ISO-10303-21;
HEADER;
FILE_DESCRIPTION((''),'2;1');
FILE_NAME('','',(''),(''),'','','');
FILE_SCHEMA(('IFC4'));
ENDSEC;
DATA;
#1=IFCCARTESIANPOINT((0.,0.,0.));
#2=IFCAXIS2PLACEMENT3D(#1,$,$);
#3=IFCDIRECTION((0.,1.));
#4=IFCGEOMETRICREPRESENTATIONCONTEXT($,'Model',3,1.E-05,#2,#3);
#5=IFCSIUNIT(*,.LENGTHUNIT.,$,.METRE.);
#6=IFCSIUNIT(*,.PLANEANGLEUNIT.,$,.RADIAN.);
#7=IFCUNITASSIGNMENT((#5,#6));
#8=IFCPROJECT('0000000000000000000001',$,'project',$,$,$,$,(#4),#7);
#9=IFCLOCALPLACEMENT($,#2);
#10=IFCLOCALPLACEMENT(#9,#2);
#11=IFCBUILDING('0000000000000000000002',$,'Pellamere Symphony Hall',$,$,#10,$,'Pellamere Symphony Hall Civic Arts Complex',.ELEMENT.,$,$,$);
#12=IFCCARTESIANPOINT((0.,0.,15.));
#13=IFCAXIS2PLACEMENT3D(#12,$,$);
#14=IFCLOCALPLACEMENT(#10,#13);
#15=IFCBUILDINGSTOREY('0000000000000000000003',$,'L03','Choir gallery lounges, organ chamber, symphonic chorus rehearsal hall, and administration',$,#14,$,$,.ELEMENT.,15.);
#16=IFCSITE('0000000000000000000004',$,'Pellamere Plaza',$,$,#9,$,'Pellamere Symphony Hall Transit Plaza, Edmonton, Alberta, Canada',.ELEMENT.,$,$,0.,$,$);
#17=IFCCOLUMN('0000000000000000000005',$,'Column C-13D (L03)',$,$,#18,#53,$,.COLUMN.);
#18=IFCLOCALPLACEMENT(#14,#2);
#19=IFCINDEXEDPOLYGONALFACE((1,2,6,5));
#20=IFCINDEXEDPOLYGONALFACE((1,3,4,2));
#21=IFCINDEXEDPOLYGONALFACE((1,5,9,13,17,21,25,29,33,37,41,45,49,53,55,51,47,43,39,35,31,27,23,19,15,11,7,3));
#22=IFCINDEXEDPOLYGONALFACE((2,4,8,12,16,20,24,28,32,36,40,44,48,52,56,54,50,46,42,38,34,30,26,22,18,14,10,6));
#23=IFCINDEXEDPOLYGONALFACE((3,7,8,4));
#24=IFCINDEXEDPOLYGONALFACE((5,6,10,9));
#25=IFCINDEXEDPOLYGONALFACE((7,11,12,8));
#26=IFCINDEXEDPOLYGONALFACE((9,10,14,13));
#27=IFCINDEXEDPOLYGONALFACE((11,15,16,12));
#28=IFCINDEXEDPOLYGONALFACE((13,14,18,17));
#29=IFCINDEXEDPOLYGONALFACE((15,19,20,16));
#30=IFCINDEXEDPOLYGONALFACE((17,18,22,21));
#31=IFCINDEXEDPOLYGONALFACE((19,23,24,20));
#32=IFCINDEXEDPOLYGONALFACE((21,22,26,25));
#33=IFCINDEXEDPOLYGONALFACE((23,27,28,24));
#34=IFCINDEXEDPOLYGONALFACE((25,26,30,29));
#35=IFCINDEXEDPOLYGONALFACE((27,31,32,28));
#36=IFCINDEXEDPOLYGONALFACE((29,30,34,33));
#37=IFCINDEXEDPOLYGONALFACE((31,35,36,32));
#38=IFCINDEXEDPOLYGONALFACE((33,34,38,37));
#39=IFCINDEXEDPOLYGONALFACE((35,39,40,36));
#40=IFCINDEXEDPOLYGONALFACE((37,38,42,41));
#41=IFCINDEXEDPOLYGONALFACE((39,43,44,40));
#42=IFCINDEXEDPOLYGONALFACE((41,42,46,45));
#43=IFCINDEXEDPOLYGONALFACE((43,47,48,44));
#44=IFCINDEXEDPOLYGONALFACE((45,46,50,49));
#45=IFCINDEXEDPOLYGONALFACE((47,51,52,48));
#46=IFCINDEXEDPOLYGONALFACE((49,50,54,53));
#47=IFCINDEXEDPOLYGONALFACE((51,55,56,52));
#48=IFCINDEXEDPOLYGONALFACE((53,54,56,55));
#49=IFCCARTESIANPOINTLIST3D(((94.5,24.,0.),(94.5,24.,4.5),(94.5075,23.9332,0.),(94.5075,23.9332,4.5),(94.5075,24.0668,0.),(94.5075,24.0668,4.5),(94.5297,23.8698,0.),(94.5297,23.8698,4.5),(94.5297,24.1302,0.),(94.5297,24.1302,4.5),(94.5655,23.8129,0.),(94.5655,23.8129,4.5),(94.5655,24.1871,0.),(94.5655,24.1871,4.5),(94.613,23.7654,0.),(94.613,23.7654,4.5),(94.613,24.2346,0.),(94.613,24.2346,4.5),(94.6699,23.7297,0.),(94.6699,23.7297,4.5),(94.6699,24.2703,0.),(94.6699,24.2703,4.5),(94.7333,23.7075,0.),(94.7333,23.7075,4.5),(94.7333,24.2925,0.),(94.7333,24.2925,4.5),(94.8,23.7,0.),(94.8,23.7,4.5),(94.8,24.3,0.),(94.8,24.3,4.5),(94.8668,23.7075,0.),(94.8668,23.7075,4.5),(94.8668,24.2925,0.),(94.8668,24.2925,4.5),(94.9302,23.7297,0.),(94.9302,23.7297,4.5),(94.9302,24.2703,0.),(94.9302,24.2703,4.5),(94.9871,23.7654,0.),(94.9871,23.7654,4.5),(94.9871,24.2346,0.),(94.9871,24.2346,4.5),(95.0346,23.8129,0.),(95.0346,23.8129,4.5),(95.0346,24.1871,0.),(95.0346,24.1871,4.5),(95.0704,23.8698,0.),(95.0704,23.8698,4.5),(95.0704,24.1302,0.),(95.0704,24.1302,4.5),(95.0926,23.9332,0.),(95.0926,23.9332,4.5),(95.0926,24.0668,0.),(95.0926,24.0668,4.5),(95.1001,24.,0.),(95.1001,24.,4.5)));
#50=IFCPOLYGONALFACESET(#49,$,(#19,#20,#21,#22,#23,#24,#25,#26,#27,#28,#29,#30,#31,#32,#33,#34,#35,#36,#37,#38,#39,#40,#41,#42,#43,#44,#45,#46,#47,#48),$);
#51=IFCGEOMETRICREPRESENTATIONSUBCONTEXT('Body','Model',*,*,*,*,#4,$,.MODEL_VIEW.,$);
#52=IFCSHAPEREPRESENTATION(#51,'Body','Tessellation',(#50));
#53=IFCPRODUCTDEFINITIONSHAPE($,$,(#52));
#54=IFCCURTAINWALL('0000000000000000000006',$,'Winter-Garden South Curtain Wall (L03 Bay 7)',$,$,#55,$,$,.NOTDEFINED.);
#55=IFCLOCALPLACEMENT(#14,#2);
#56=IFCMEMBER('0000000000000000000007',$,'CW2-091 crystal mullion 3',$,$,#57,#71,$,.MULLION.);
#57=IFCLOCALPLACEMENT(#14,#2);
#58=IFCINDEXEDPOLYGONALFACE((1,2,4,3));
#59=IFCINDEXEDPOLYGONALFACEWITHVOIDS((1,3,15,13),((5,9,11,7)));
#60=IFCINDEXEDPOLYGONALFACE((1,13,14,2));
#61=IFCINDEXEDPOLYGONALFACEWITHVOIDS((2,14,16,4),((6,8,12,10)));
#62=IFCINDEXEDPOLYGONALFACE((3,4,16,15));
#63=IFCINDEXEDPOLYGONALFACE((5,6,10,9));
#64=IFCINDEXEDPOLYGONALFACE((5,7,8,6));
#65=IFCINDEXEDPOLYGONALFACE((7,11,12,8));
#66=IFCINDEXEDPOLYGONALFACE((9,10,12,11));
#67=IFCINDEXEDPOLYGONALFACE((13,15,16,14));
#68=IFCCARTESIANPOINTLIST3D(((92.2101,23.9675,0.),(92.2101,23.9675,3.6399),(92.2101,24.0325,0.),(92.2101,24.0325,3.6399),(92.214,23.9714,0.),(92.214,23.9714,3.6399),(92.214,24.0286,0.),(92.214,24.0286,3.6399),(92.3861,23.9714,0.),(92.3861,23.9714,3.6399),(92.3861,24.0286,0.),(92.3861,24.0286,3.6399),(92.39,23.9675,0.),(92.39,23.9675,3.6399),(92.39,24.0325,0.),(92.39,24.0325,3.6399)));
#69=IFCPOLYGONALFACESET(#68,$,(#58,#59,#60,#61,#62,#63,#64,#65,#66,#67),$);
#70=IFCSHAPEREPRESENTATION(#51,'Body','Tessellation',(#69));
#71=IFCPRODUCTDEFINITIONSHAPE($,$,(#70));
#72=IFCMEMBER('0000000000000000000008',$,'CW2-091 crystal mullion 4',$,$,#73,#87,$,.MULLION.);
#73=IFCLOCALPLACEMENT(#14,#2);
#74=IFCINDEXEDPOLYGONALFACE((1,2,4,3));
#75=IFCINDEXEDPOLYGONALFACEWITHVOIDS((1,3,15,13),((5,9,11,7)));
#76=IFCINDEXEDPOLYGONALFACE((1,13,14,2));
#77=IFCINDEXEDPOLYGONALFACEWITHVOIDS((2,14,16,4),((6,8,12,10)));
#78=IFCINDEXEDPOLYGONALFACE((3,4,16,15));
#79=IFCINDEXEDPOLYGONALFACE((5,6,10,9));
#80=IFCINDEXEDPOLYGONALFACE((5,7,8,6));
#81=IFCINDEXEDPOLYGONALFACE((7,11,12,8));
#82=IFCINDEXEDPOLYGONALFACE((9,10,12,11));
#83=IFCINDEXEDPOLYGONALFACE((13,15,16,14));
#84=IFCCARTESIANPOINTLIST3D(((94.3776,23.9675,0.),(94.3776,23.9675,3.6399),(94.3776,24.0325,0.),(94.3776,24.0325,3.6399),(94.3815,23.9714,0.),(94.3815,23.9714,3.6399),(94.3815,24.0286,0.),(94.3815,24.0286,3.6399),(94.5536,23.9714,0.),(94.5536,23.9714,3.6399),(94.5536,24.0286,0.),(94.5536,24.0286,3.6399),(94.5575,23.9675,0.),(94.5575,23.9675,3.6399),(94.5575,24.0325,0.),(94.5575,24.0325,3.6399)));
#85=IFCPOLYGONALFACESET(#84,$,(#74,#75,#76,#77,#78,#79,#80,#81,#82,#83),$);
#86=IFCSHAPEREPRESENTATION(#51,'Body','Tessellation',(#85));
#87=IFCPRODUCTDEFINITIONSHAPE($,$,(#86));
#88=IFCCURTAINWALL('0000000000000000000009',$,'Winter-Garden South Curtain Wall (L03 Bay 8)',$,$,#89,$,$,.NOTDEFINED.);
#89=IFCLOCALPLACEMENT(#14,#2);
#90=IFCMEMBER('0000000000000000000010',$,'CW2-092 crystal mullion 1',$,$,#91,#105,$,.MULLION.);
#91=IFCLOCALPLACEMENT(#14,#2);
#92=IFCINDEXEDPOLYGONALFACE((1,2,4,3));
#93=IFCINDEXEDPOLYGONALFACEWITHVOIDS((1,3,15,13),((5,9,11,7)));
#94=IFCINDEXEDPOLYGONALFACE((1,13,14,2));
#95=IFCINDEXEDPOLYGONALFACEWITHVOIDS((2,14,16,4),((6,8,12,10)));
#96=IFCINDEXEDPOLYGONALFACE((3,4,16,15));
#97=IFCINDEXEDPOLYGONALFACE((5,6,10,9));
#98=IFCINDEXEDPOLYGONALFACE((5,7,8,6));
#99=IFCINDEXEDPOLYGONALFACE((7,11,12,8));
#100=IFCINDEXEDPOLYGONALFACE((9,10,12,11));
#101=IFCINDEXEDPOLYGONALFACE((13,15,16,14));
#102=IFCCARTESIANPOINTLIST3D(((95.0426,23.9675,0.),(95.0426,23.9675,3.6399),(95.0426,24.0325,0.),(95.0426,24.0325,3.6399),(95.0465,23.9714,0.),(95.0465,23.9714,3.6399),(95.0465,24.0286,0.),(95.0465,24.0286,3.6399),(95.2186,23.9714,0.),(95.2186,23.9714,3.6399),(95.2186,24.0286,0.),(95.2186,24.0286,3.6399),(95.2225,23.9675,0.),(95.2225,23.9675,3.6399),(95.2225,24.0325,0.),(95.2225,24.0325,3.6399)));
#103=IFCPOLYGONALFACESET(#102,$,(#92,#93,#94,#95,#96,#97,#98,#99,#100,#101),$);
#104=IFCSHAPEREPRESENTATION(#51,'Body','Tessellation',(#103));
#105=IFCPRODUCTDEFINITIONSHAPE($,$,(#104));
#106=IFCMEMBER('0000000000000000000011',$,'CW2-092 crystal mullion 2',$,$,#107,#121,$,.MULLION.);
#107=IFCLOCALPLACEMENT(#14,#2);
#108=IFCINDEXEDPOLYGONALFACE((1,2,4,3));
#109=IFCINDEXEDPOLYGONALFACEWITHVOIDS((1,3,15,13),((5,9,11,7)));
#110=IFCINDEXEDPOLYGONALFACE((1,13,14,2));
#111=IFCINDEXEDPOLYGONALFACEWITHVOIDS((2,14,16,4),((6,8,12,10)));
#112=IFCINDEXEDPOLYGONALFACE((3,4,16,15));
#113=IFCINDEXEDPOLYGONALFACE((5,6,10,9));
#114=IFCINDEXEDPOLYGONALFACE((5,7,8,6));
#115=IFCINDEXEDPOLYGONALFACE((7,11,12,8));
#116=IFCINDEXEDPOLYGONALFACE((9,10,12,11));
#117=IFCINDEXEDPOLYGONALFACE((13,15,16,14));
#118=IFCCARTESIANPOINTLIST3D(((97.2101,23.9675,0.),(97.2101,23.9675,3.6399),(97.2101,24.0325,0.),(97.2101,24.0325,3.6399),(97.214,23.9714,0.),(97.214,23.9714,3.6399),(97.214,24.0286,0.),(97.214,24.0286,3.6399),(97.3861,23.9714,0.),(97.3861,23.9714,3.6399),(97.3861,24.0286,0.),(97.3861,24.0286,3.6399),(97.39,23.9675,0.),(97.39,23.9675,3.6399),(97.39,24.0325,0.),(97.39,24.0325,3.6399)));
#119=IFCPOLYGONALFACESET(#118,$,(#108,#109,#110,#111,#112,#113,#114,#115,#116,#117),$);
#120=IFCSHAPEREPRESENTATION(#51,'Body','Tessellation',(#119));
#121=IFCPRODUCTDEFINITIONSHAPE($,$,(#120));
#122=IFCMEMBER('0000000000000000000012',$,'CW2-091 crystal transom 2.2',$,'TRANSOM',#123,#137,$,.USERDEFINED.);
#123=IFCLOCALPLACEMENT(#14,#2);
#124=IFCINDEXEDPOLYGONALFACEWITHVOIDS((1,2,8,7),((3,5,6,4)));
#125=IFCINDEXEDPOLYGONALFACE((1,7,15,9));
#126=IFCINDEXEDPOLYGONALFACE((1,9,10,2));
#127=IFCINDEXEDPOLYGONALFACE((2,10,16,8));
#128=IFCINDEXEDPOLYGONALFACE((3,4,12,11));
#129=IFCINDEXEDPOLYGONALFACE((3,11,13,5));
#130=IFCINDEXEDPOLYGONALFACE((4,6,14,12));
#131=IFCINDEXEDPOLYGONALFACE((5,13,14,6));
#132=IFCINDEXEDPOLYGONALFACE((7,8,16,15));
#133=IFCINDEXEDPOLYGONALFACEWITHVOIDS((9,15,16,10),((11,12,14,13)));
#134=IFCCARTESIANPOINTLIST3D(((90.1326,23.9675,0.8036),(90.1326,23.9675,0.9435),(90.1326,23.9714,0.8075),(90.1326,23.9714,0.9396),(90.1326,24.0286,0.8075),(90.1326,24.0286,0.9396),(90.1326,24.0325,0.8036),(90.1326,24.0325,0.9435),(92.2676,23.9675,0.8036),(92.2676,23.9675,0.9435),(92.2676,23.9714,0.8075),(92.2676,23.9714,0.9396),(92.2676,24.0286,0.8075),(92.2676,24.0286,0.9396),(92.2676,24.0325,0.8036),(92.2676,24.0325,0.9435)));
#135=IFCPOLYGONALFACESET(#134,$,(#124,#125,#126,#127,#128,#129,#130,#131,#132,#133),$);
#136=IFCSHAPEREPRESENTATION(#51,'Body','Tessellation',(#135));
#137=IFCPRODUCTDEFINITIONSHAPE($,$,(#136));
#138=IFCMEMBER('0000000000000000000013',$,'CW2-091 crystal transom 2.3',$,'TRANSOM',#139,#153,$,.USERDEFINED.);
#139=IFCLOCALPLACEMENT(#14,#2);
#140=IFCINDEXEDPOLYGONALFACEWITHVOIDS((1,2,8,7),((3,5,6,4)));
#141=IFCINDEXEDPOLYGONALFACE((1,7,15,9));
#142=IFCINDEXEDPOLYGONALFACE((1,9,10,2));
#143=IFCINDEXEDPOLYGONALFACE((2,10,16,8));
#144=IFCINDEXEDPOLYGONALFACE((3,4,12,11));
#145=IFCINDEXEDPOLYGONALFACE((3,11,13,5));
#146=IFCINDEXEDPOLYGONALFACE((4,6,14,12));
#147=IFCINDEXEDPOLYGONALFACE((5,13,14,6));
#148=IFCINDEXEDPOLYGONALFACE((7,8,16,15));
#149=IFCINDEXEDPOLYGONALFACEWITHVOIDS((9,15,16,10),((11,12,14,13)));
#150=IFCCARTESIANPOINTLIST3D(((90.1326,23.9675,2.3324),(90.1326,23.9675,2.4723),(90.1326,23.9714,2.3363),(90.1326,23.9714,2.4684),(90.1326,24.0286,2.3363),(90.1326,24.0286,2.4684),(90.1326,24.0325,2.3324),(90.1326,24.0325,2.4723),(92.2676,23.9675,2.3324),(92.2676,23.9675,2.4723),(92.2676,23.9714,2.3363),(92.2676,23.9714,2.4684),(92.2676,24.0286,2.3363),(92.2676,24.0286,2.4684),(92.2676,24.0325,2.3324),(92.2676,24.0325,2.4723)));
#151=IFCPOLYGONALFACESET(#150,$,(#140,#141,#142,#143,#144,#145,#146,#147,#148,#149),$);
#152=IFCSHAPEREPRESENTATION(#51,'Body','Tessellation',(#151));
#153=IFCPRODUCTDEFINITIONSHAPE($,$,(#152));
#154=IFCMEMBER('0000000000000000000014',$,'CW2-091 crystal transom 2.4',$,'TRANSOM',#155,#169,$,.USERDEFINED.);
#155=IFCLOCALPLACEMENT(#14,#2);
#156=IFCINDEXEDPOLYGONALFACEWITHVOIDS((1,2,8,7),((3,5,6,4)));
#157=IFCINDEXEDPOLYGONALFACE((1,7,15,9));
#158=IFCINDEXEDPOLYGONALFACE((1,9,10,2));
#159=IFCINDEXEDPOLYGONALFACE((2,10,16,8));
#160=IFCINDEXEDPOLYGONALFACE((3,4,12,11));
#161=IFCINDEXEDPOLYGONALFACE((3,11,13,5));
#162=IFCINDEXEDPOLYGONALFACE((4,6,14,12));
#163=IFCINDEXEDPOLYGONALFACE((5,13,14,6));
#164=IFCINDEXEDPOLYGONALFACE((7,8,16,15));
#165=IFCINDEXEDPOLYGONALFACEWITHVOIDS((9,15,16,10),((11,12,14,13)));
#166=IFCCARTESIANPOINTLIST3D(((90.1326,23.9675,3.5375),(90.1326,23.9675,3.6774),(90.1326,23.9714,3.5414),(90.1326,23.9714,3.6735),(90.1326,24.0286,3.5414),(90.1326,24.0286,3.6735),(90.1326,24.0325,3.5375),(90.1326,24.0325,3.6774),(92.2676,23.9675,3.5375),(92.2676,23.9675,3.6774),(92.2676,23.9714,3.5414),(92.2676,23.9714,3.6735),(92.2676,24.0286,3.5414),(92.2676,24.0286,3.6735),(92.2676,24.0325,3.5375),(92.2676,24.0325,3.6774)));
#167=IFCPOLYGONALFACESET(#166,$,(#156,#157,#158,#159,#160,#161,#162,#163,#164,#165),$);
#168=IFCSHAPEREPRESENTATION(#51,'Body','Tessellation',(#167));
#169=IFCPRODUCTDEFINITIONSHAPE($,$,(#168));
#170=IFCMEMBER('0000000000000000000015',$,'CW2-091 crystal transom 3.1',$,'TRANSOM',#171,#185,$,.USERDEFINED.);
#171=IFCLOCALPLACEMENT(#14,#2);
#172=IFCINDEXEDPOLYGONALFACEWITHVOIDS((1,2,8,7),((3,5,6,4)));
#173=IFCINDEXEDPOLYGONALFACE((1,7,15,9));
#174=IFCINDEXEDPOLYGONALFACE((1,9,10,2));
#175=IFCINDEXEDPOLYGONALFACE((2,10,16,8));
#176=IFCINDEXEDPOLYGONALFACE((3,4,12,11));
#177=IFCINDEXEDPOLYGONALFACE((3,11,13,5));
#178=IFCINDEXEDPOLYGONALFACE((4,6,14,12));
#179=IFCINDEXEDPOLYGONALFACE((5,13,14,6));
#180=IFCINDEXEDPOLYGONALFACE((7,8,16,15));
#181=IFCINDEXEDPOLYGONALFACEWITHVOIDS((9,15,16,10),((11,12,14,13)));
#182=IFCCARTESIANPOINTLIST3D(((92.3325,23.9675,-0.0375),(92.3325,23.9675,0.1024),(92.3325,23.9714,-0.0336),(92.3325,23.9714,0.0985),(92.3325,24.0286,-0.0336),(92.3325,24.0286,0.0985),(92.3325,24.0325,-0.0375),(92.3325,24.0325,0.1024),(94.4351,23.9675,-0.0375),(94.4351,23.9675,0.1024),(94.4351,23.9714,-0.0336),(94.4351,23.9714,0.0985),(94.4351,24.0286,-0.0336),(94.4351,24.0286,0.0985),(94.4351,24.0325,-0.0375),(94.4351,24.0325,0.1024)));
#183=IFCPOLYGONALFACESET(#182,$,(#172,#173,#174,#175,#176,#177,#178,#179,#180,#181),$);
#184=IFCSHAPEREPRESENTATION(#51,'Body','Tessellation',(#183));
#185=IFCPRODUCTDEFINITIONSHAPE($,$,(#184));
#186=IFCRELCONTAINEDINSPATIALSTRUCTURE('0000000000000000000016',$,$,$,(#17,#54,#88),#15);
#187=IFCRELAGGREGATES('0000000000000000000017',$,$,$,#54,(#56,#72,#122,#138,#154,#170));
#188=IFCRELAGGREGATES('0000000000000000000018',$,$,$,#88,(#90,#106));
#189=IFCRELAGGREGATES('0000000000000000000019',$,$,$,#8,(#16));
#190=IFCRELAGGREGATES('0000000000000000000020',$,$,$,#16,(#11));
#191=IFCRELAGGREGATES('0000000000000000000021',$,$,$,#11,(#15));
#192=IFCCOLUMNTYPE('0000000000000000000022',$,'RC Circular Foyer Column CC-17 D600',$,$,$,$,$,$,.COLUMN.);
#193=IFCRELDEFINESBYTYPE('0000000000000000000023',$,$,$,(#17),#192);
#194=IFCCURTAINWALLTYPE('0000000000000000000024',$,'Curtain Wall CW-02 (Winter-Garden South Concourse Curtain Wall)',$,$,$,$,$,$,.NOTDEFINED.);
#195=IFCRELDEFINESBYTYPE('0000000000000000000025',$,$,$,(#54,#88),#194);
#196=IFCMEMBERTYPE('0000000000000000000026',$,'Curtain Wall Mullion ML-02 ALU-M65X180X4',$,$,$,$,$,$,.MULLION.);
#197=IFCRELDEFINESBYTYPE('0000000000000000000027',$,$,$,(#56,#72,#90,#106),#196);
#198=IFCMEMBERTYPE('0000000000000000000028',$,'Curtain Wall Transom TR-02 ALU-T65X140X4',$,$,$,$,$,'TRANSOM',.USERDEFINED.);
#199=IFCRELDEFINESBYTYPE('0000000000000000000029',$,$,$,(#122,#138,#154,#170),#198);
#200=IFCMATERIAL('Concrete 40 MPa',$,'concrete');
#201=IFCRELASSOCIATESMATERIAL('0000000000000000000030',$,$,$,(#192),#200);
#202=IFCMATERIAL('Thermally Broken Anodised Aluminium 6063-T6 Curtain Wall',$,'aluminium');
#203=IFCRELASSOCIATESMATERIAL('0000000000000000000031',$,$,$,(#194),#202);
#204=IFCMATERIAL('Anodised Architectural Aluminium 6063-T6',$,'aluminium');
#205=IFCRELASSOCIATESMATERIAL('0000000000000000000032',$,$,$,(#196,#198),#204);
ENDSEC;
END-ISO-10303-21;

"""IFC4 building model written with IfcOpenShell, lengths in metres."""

from ifc_helpers import new_model, si_unit, direction, frame, origin, origin_2d, place, context, subcontext, project, spatial, hollow_rectangle, circle, extrude, material, material_profile, profile_set, type_object, element, aggregate, save


model = new_model("IFC4")

# Units and contexts
model_context = context("Model", 3, precision=1e-05, world=origin(), true_north=direction((0.0, 1.0)))
body_context = subcontext(model_context, "Body", "Model", "MODEL_VIEW")
ifc_project = project(units=[si_unit("LENGTHUNIT", "METRE"), si_unit("PLANEANGLEUNIT", "RADIAN")], contexts=[model_context])

# Site, building, storey
site_placement = place(None, origin())
site = spatial("IfcSite", under=ifc_project, at=site_placement, Name="Pellamere Plaza", LongName="Pellamere Symphony Hall Transit Plaza, Edmonton, Alberta, Canada", CompositionType="ELEMENT", RefElevation=0.0)
building_placement = place(site_placement, origin())
building = spatial("IfcBuilding", under=site, at=building_placement, Name="Pellamere Symphony Hall", LongName="Pellamere Symphony Hall Civic Arts Complex", CompositionType="ELEMENT")
storey_placement = place(building_placement, frame((0.0, 0.0, 15.0)))
storey = spatial("IfcBuildingStorey", under=building, at=storey_placement, Name="L03", Description="Choir gallery lounges, organ chamber, symphonic chorus rehearsal hall, and administration", CompositionType="ELEMENT", Elevation=15.0)

# Column
ifc_material_1 = material(Name="Concrete 40 MPa", Category="concrete")
ifc_material_profile_1 = material_profile(ifc_material_1, circle(Radius=0.3, at=origin_2d()), Name="RCCOL D600")
ifc_profile_set_1 = profile_set([ifc_material_profile_1], Name="Concrete 40 MPa")
column_type = type_object("IfcColumnType", Name="RC Circular Foyer Column CC-17 D600", PredefinedType="COLUMN", material=ifc_profile_set_1)
column_placement = place(storey_placement, frame((94.8, 24.0, 0.0), z_axis=(0.0, 0.0, 1.0), x_axis=(1.0, 0.0, 0.0)))
element("IfcColumn", 1, at=column_placement, inside=storey, type_object=column_type, Name="Column C-13D (L03)", PredefinedType="COLUMN", context=body_context, shape_type="SweptSolid", body=[
    extrude(circle(Radius=0.3, at=origin_2d()), origin(), (0.0, 0.0, 1.0), 4.5),
])

# Curtain walls, members
ifc_material_2 = material(Name="Thermally Broken Anodised Aluminium 6063-T6 Curtain Wall", Category="aluminium")
curtain_wall_type = type_object("IfcCurtainWallType", Name="Curtain Wall CW-02 (Winter-Garden South Concourse Curtain Wall)", PredefinedType="NOTDEFINED", material=ifc_material_2)
curtain_wall_1_placement = place(storey_placement, origin())
curtain_wall_1 = element("IfcCurtainWall", 2, at=curtain_wall_1_placement, inside=storey, type_object=curtain_wall_type, Name="Winter-Garden South Curtain Wall (L03 Bay 7)", PredefinedType="NOTDEFINED")
ifc_material_3 = material(Name="Anodised Architectural Aluminium 6063-T6", Category="aluminium")
ifc_material_profile_2 = material_profile(ifc_material_3, hollow_rectangle(XDim=0.0649, YDim=0.1799, WallThickness=0.0039, at=origin_2d()), Name="ALU-M65X180X4")
ifc_profile_set_2 = profile_set([ifc_material_profile_2], Name="Anodised Architectural Aluminium 6063-T6")
member_type_1 = type_object("IfcMemberType", Name="Curtain Wall Mullion ML-02 ALU-M65X180X4", PredefinedType="MULLION", material=ifc_profile_set_2)
member_1_placement = place(storey_placement, frame((92.3, 24.0, 0.0), z_axis=(0.0, 0.0, 1.0), x_axis=(0.0, 1.0, 0.0)))
member_1 = element("IfcMember", 3, at=member_1_placement, type_object=member_type_1, Name="CW2-091 crystal mullion 3", PredefinedType="MULLION", context=body_context, shape_type="SweptSolid", body=[
    extrude(hollow_rectangle(XDim=0.0649, YDim=0.1799, WallThickness=0.0039, at=origin_2d()), origin(), (0.0, 0.0, 1.0), 3.6399),
])
member_2_placement = place(storey_placement, frame((94.4675, 24.0, 0.0), z_axis=(0.0, 0.0, 1.0), x_axis=(0.0, 1.0, 0.0)))
member_2 = element("IfcMember", 4, at=member_2_placement, type_object=member_type_1, Name="CW2-091 crystal mullion 4", PredefinedType="MULLION", context=body_context, shape_type="SweptSolid", body=[
    extrude(hollow_rectangle(XDim=0.0649, YDim=0.1799, WallThickness=0.0039, at=origin_2d()), origin(), (0.0, 0.0, 1.0), 3.6399),
])
curtain_wall_2_placement = place(storey_placement, origin())
curtain_wall_2 = element("IfcCurtainWall", 5, at=curtain_wall_2_placement, inside=storey, type_object=curtain_wall_type, Name="Winter-Garden South Curtain Wall (L03 Bay 8)", PredefinedType="NOTDEFINED")
member_3_placement = place(storey_placement, frame((95.1326, 24.0, 0.0), z_axis=(0.0, 0.0, 1.0), x_axis=(0.0, 1.0, 0.0)))
member_3 = element("IfcMember", 6, at=member_3_placement, type_object=member_type_1, Name="CW2-092 crystal mullion 1", PredefinedType="MULLION", context=body_context, shape_type="SweptSolid", body=[
    extrude(hollow_rectangle(XDim=0.0649, YDim=0.1799, WallThickness=0.0039, at=origin_2d()), origin(), (0.0, 0.0, 1.0), 3.6399),
])
member_4_placement = place(storey_placement, frame((97.3, 24.0, 0.0), z_axis=(0.0, 0.0, 1.0), x_axis=(0.0, 1.0, 0.0)))
member_4 = element("IfcMember", 7, at=member_4_placement, type_object=member_type_1, Name="CW2-092 crystal mullion 2", PredefinedType="MULLION", context=body_context, shape_type="SweptSolid", body=[
    extrude(hollow_rectangle(XDim=0.0649, YDim=0.1799, WallThickness=0.0039, at=origin_2d()), origin(), (0.0, 0.0, 1.0), 3.6399),
])

# Members
ifc_material_profile_3 = material_profile(ifc_material_3, hollow_rectangle(XDim=0.0649, YDim=0.1399, WallThickness=0.0039, at=origin_2d()), Name="ALU-T65X140X4")
ifc_profile_set_3 = profile_set([ifc_material_profile_3], Name="Anodised Architectural Aluminium 6063-T6")
member_type_2 = type_object("IfcMemberType", Name="Curtain Wall Transom TR-02 ALU-T65X140X4", ElementType="TRANSOM", PredefinedType="USERDEFINED", material=ifc_profile_set_3)
member_5_placement = place(storey_placement, frame((90.1326, 24.0, 0.8735), z_axis=(1.0, 0.0, 0.0), x_axis=(0.0, 1.0, 0.0)))
member_5 = element("IfcMember", 8, at=member_5_placement, type_object=member_type_2, Name="CW2-091 crystal transom 2.2", ObjectType="TRANSOM", PredefinedType="USERDEFINED", context=body_context, shape_type="SweptSolid", body=[
    extrude(hollow_rectangle(XDim=0.0649, YDim=0.1399, WallThickness=0.0039, at=origin_2d()), origin(), (0.0, 0.0, 1.0), 2.135),
])
member_6_placement = place(storey_placement, frame((90.1326, 24.0, 2.4023), z_axis=(1.0, 0.0, 0.0), x_axis=(0.0, 1.0, 0.0)))
member_6 = element("IfcMember", 9, at=member_6_placement, type_object=member_type_2, Name="CW2-091 crystal transom 2.3", ObjectType="TRANSOM", PredefinedType="USERDEFINED", context=body_context, shape_type="SweptSolid", body=[
    extrude(hollow_rectangle(XDim=0.0649, YDim=0.1399, WallThickness=0.0039, at=origin_2d()), origin(), (0.0, 0.0, 1.0), 2.135),
])
member_7_placement = place(storey_placement, frame((90.1326, 24.0, 3.6074), z_axis=(1.0, 0.0, 0.0), x_axis=(0.0, 1.0, 0.0)))
member_7 = element("IfcMember", 10, at=member_7_placement, type_object=member_type_2, Name="CW2-091 crystal transom 2.4", ObjectType="TRANSOM", PredefinedType="USERDEFINED", context=body_context, shape_type="SweptSolid", body=[
    extrude(hollow_rectangle(XDim=0.0649, YDim=0.1399, WallThickness=0.0039, at=origin_2d()), origin(), (0.0, 0.0, 1.0), 2.135),
])
member_8_placement = place(storey_placement, frame((92.3325, 24.0, 0.0325), z_axis=(1.0, 0.0, 0.0), x_axis=(0.0, 1.0, 0.0)))
member_8 = element("IfcMember", 11, at=member_8_placement, type_object=member_type_2, Name="CW2-091 crystal transom 3.1", ObjectType="TRANSOM", PredefinedType="USERDEFINED", context=body_context, shape_type="SweptSolid", body=[
    extrude(hollow_rectangle(XDim=0.0649, YDim=0.1399, WallThickness=0.0039, at=origin_2d()), origin(), (0.0, 0.0, 1.0), 2.1025),
])

aggregate(curtain_wall_1, [member_1, member_2, member_5, member_6, member_7, member_8])
aggregate(curtain_wall_2, [member_3, member_4])

save(model, "model.ifc")
